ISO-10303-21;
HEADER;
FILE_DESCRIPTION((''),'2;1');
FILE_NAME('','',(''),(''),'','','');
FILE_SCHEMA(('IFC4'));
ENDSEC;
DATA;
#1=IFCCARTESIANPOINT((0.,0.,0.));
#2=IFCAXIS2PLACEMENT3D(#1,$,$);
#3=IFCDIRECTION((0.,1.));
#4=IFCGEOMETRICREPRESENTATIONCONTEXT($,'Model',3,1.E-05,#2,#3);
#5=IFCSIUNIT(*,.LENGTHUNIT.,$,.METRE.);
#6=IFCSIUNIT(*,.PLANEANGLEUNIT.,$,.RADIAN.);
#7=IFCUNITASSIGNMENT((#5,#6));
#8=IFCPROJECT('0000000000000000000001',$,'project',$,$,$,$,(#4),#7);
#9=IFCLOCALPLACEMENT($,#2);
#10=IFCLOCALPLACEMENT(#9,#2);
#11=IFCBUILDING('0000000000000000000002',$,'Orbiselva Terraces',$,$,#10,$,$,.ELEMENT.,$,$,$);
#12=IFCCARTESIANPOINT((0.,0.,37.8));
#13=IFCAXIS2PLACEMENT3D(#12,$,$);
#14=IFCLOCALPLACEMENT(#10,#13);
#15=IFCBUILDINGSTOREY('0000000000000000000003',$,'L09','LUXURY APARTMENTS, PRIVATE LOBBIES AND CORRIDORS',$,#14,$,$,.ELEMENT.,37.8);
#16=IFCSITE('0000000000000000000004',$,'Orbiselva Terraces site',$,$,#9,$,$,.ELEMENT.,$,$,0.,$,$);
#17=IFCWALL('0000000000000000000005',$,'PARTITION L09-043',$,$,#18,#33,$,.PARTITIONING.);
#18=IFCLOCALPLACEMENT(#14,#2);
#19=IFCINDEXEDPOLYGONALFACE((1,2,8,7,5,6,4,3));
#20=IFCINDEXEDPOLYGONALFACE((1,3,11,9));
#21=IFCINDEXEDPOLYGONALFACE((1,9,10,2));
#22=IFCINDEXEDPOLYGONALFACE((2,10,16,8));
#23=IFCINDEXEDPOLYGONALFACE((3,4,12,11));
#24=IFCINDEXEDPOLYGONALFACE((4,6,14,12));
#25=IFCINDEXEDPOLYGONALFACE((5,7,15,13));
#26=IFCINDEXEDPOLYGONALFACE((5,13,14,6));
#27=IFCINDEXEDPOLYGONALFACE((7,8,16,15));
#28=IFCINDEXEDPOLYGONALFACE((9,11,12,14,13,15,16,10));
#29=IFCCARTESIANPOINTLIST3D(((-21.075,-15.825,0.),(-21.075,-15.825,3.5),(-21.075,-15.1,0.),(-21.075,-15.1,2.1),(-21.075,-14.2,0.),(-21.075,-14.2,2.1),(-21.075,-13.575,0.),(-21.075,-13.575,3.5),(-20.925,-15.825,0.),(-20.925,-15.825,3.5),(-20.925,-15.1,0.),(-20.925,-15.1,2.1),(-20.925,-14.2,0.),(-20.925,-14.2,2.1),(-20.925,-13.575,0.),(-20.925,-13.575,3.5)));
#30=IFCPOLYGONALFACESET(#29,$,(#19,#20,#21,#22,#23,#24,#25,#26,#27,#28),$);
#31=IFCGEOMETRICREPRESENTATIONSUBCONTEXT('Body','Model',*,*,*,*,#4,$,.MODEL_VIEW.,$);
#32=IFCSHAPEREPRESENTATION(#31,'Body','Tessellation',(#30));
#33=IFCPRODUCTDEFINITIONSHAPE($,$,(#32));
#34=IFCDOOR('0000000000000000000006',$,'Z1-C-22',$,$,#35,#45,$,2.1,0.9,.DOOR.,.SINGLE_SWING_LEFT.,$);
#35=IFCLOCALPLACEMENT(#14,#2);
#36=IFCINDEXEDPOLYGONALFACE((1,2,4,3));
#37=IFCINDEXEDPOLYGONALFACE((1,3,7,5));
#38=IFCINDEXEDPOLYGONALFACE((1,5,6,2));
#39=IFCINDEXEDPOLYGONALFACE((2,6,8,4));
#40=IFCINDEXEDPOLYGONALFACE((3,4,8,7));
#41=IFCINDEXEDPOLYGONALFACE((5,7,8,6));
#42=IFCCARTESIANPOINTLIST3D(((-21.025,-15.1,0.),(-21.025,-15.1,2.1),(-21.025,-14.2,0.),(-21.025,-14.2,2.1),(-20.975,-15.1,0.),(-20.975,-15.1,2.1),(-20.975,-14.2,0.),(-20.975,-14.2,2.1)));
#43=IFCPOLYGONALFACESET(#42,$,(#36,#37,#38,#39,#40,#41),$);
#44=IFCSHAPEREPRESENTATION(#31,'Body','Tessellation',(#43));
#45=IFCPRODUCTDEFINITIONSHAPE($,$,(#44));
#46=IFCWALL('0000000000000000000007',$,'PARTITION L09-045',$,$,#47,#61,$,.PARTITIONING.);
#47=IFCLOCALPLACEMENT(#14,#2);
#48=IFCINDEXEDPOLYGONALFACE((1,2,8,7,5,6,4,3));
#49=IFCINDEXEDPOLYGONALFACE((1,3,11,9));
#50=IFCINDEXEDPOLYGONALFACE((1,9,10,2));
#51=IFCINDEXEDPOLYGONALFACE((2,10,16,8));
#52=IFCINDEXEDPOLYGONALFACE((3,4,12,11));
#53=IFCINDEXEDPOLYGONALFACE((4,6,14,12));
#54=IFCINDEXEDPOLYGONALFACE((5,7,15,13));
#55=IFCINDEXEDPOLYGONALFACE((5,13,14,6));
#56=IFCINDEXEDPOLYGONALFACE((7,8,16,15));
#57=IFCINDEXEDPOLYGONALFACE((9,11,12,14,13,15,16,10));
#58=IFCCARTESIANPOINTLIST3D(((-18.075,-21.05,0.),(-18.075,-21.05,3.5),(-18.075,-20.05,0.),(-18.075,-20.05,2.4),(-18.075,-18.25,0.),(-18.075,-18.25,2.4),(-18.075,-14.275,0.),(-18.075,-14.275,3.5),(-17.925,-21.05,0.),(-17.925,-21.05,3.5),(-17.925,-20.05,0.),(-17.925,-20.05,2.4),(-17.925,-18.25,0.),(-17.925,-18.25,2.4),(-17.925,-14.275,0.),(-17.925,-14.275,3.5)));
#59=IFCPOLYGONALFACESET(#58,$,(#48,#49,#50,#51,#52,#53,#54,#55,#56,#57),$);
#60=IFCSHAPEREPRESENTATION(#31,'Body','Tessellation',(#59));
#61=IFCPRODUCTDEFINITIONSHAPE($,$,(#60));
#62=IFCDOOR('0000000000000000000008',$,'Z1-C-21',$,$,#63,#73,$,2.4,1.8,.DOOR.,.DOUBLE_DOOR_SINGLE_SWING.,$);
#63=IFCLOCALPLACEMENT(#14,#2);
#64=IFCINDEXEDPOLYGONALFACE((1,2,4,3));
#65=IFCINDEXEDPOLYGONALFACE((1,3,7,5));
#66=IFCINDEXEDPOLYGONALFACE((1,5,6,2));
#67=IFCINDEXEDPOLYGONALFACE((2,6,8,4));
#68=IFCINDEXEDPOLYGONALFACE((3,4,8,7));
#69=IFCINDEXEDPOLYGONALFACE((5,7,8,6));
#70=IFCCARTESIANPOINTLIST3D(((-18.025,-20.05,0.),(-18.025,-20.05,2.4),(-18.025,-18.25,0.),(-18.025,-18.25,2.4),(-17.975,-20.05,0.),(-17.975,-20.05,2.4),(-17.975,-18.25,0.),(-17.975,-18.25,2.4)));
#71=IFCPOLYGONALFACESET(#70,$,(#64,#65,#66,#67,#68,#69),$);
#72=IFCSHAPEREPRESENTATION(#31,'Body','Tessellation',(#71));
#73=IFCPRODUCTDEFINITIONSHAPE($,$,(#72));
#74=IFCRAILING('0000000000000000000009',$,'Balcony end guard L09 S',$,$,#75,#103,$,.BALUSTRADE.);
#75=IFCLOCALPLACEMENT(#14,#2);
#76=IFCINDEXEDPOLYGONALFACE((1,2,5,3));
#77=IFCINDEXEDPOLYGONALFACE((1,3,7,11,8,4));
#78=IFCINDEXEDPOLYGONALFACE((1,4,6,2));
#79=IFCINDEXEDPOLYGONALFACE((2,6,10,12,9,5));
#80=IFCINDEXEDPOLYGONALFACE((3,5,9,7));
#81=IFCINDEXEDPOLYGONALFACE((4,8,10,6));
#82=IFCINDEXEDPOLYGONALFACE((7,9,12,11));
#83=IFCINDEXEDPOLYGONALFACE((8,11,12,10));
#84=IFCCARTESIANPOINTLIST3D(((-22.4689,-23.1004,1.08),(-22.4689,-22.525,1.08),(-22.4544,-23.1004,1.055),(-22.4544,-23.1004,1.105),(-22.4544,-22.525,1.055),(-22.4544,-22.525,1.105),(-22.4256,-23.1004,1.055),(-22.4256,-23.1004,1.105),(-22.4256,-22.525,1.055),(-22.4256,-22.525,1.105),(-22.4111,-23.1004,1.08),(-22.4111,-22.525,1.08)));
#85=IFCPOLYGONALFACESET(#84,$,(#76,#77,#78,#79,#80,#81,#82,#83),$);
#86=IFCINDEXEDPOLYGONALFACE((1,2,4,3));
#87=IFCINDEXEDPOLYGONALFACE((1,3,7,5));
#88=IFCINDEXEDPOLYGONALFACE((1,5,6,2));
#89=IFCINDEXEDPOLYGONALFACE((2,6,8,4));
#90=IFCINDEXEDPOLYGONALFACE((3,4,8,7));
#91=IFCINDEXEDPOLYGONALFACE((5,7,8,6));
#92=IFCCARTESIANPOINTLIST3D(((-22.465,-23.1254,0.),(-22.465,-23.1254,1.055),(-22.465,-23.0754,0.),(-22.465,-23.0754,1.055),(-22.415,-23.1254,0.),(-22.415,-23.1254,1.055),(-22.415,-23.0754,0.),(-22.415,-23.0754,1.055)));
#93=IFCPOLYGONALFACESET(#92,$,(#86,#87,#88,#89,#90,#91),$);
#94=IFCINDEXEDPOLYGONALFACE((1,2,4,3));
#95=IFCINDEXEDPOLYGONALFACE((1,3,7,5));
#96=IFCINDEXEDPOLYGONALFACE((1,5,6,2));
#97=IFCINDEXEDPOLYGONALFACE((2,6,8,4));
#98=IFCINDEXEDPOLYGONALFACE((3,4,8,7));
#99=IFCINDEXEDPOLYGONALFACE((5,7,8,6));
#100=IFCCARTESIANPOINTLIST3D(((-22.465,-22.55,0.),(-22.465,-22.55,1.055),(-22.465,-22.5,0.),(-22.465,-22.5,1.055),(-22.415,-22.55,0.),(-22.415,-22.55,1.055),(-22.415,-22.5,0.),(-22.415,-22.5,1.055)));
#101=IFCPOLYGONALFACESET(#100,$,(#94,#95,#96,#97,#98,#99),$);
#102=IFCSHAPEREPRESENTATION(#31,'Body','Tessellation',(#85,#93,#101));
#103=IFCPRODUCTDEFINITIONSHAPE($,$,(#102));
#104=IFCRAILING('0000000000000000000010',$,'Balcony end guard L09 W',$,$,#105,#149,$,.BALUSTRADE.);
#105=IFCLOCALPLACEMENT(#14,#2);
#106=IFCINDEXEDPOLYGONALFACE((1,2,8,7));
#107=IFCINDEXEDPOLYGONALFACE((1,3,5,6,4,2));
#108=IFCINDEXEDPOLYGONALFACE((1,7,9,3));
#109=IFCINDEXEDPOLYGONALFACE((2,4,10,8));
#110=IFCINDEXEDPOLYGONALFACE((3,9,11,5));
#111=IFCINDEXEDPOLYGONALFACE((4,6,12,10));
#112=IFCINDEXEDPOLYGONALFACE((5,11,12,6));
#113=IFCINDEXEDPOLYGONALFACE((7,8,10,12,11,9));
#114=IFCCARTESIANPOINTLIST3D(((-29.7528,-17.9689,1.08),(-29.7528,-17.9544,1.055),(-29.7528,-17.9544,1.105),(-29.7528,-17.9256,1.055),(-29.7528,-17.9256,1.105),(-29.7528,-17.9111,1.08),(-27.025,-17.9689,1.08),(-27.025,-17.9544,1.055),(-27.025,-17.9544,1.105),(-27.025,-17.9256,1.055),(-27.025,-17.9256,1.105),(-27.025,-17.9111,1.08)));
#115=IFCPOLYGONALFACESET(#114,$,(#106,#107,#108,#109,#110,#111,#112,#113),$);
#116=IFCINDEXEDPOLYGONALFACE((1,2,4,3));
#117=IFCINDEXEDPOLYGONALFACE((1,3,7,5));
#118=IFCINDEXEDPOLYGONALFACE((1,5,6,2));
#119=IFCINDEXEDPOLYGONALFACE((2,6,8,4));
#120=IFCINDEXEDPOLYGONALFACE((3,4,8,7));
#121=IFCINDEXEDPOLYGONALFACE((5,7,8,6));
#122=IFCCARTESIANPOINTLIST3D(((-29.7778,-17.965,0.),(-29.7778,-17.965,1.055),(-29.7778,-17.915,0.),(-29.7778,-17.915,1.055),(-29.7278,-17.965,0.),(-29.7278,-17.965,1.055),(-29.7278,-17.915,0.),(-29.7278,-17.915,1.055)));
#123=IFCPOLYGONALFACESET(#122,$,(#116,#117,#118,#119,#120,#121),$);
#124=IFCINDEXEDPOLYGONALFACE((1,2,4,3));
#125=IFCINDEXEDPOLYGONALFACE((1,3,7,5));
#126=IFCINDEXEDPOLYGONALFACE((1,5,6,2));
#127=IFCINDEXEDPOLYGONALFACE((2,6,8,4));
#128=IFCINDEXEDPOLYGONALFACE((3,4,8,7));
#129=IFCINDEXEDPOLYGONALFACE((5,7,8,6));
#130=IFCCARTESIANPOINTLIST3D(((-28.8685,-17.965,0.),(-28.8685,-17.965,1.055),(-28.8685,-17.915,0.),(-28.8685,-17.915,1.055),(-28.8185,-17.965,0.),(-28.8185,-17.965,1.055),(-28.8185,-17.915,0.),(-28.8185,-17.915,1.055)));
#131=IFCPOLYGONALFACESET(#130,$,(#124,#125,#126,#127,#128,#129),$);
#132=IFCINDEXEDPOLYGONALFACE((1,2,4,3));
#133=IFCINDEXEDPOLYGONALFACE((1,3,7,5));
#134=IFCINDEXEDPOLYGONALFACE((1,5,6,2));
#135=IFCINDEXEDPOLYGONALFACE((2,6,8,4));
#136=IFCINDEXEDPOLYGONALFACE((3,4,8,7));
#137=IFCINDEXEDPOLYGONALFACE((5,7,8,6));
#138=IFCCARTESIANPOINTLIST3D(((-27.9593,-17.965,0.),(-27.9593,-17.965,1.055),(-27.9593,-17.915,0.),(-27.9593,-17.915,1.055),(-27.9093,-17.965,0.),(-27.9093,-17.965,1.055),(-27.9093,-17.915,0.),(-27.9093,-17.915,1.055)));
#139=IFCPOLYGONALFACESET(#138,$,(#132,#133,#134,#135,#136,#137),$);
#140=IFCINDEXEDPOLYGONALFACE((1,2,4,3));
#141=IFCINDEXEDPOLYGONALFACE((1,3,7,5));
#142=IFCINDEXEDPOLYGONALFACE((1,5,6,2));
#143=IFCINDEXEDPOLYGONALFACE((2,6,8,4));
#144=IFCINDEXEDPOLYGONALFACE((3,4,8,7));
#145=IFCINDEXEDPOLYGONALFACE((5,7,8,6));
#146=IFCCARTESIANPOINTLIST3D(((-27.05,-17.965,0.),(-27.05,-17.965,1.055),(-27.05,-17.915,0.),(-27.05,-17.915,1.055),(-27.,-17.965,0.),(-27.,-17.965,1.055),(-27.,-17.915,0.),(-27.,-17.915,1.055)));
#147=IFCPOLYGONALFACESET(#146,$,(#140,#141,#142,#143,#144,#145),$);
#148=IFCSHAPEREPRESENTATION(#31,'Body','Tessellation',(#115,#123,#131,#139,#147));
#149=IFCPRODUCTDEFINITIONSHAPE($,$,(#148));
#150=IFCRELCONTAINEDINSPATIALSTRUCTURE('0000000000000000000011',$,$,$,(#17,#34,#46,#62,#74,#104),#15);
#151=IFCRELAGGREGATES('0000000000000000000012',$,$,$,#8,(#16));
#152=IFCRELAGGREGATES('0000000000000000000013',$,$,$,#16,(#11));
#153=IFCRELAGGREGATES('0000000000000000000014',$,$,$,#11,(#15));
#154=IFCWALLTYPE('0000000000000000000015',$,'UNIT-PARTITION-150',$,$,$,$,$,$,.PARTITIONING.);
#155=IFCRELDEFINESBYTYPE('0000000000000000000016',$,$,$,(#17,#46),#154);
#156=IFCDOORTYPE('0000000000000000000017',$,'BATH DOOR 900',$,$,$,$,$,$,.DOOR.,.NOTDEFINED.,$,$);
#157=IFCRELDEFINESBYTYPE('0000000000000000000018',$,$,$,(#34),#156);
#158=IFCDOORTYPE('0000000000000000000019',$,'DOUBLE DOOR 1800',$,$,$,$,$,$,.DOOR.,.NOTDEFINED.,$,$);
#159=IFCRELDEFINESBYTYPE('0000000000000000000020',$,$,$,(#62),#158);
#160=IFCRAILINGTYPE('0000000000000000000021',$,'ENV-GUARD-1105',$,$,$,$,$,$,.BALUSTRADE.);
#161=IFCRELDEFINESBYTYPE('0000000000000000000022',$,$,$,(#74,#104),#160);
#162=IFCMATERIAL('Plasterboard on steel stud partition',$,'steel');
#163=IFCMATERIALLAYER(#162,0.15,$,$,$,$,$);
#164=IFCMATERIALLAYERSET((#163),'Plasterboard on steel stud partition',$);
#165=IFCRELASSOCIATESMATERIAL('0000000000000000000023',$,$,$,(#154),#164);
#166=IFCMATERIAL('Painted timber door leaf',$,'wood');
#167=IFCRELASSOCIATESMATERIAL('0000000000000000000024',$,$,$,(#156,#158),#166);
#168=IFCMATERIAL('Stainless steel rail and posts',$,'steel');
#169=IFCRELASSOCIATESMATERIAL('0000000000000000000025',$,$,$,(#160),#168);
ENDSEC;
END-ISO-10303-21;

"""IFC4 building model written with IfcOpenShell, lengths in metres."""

from ifc_helpers import new_model, si_unit, direction, frame, frame_2d, origin, origin_2d, place, context, subcontext, project, spatial, polyline, rectangle, outline, extrude, material, layer, layer_set, type_object, element, fill, save


model = new_model("IFC4")

# Units and contexts
model_context = context("Model", 3, precision=1e-05, world=origin(), true_north=direction((0.0, 1.0)))
body_context = subcontext(model_context, "Body", "Model", "MODEL_VIEW")
ifc_project = project(units=[si_unit("LENGTHUNIT", "METRE"), si_unit("PLANEANGLEUNIT", "RADIAN")], contexts=[model_context])

# Site, building, storey
site_placement = place(None, origin())
site = spatial("IfcSite", under=ifc_project, at=site_placement, Name="Orbiselva Terraces site", CompositionType="ELEMENT", RefElevation=0.0)
building_placement = place(site_placement, origin())
building = spatial("IfcBuilding", under=site, at=building_placement, Name="Orbiselva Terraces", CompositionType="ELEMENT")
storey_placement = place(building_placement, frame((0.0, 0.0, 37.8)))
storey = spatial("IfcBuildingStorey", under=building, at=storey_placement, Name="L09", Description="LUXURY APARTMENTS, PRIVATE LOBBIES AND CORRIDORS", CompositionType="ELEMENT", Elevation=37.8)

# Shared definitions
ifc_material_1 = material(Name="Plasterboard on steel stud partition", Category="steel")
ifc_layer_1 = layer(ifc_material_1, 0.15)
ifc_layer_set_1 = layer_set([ifc_layer_1], Name="Plasterboard on steel stud partition")
wall_type_1 = type_object("IfcWallType", Name="UNIT-PARTITION-150", PredefinedType="PARTITIONING", material=ifc_layer_set_1)

# Walls, openings, doors
wall_1_placement = place(storey_placement, frame((-21.0, -13.575, 0.0), z_axis=(0.0, 0.0, 1.0), x_axis=(0.0, -1.0, 0.0)))
wall_1 = element("IfcWall", 1, at=wall_1_placement, inside=storey, type_object=wall_type_1, Name="PARTITION L09-043", PredefinedType="PARTITIONING", context=body_context, shape_type="SweptSolid", body=[
    extrude(rectangle(XDim=2.25, YDim=0.15, at=frame_2d((1.125, 0.0))), origin(), (0.0, 0.0, 1.0), 3.5),
])
opening_1_placement = place(wall_1_placement, frame((0.625, 0.0, 0.0)))
opening_1 = element("IfcOpeningElement", 2, at=opening_1_placement, cuts=wall_1, PredefinedType="OPENING", context=body_context, shape_type="SweptSolid", body=[
    extrude(rectangle(XDim=0.9, YDim=2.1, at=frame_2d((0.45, 1.05))), frame((0.0, 0.085, 0.0), z_axis=(0.0, -1.0, 0.0), x_axis=(1.0, 0.0, 0.0)), (0.0, 0.0, 1.0), 0.17),
])
ifc_material_2 = material(Name="Painted timber door leaf", Category="wood")
door_type_1 = type_object("IfcDoorType", Name="BATH DOOR 900", OperationType="NOTDEFINED", PredefinedType="DOOR", material=ifc_material_2)
door_1_placement = place(opening_1_placement, origin())
door_1 = element("IfcDoor", 3, at=door_1_placement, inside=storey, type_object=door_type_1, Name="Z1-C-22", OperationType="SINGLE_SWING_LEFT", OverallHeight=2.1, OverallWidth=0.9, PredefinedType="DOOR", context=body_context, shape_type="SweptSolid", body=[
    extrude(rectangle(XDim=0.9, YDim=2.1, at=frame_2d((0.45, 1.05))), frame((0.0, 0.025, 0.0), z_axis=(0.0, -1.0, 0.0), x_axis=(1.0, 0.0, 0.0)), (0.0, 0.0, 1.0), 0.05),
])
fill(opening_1, door_1)
wall_2_placement = place(storey_placement, frame((-18.0, -21.05, 0.0), z_axis=(0.0, 0.0, 1.0), x_axis=(0.0, 1.0, 0.0)))
wall_2 = element("IfcWall", 4, at=wall_2_placement, inside=storey, type_object=wall_type_1, Name="PARTITION L09-045", PredefinedType="PARTITIONING", context=body_context, shape_type="SweptSolid", body=[
    extrude(rectangle(XDim=6.775, YDim=0.15, at=frame_2d((3.3875, 0.0))), origin(), (0.0, 0.0, 1.0), 3.5),
])
opening_2_placement = place(wall_2_placement, frame((1.0, 0.0, 0.0)))
opening_2 = element("IfcOpeningElement", 5, at=opening_2_placement, cuts=wall_2, PredefinedType="OPENING", context=body_context, shape_type="SweptSolid", body=[
    extrude(rectangle(XDim=1.8, YDim=2.4, at=frame_2d((0.9, 1.2))), frame((0.0, 0.085, 0.0), z_axis=(0.0, -1.0, 0.0), x_axis=(1.0, 0.0, 0.0)), (0.0, 0.0, 1.0), 0.17),
])
door_type_2 = type_object("IfcDoorType", Name="DOUBLE DOOR 1800", OperationType="NOTDEFINED", PredefinedType="DOOR", material=ifc_material_2)
door_2_placement = place(opening_2_placement, origin())
door_2 = element("IfcDoor", 6, at=door_2_placement, inside=storey, type_object=door_type_2, Name="Z1-C-21", OperationType="DOUBLE_DOOR_SINGLE_SWING", OverallHeight=2.4, OverallWidth=1.8, PredefinedType="DOOR", context=body_context, shape_type="SweptSolid", body=[
    extrude(rectangle(XDim=1.8, YDim=2.4, at=frame_2d((0.9, 1.2))), frame((0.0, 0.025, 0.0), z_axis=(0.0, -1.0, 0.0), x_axis=(1.0, 0.0, 0.0)), (0.0, 0.0, 1.0), 0.05),
])
fill(opening_2, door_2)

# Railings
ifc_material_3 = material(Name="Stainless steel rail and posts", Category="steel")
railing_type_1 = type_object("IfcRailingType", Name="ENV-GUARD-1105", PredefinedType="BALUSTRADE", material=ifc_material_3)
railing_1_placement = place(storey_placement, frame((-22.44, -23.1004, 0.0)))
element("IfcRailing", 7, at=railing_1_placement, inside=storey, type_object=railing_type_1, Name="Balcony end guard L09 S", PredefinedType="BALUSTRADE", context=body_context, shape_type="SweptSolid", body=[
    extrude(outline(polyline([(0.0289, 0.0), (0.0144, 0.025), (-0.0144, 0.025), (-0.0289, 0.0), (-0.0144, -0.025), (0.0144, -0.025), (0.0289, 0.0)])), frame((0.0, 0.0, 1.08), z_axis=(0.0, 1.0, 0.0), x_axis=(-1.0, 0.0, 0.0)), (0.0, 0.0, 1.0), 0.5754),
    extrude(rectangle(XDim=0.05, YDim=0.05, at=origin_2d()), origin(), (0.0, 0.0, 1.0), 1.055),
    extrude(rectangle(XDim=0.05, YDim=0.05, at=origin_2d()), frame((0.0, 0.5754, 0.0)), (0.0, 0.0, 1.0), 1.055),
])
railing_2_placement = place(storey_placement, frame((-29.7528, -17.94, 0.0)))
element("IfcRailing", 8, at=railing_2_placement, inside=storey, type_object=railing_type_1, Name="Balcony end guard L09 W", PredefinedType="BALUSTRADE", context=body_context, shape_type="SweptSolid", body=[
    extrude(outline(polyline([(0.0289, 0.0), (0.0144, 0.025), (-0.0144, 0.025), (-0.0289, 0.0), (-0.0144, -0.025), (0.0144, -0.025), (0.0289, 0.0)])), frame((0.0, 0.0, 1.08), z_axis=(1.0, 0.0, 0.0), x_axis=(0.0, 1.0, 0.0)), (0.0, 0.0, 1.0), 2.7278),
    extrude(rectangle(XDim=0.05, YDim=0.05, at=origin_2d()), origin(), (0.0, 0.0, 1.0), 1.055),
    extrude(rectangle(XDim=0.05, YDim=0.05, at=origin_2d()), frame((0.9093, 0.0, 0.0)), (0.0, 0.0, 1.0), 1.055),
    extrude(rectangle(XDim=0.05, YDim=0.05, at=origin_2d()), frame((1.8185, 0.0, 0.0)), (0.0, 0.0, 1.0), 1.055),
    extrude(rectangle(XDim=0.05, YDim=0.05, at=origin_2d()), frame((2.7278, 0.0, 0.0)), (0.0, 0.0, 1.0), 1.055),
])

save(model, "model.ifc")
